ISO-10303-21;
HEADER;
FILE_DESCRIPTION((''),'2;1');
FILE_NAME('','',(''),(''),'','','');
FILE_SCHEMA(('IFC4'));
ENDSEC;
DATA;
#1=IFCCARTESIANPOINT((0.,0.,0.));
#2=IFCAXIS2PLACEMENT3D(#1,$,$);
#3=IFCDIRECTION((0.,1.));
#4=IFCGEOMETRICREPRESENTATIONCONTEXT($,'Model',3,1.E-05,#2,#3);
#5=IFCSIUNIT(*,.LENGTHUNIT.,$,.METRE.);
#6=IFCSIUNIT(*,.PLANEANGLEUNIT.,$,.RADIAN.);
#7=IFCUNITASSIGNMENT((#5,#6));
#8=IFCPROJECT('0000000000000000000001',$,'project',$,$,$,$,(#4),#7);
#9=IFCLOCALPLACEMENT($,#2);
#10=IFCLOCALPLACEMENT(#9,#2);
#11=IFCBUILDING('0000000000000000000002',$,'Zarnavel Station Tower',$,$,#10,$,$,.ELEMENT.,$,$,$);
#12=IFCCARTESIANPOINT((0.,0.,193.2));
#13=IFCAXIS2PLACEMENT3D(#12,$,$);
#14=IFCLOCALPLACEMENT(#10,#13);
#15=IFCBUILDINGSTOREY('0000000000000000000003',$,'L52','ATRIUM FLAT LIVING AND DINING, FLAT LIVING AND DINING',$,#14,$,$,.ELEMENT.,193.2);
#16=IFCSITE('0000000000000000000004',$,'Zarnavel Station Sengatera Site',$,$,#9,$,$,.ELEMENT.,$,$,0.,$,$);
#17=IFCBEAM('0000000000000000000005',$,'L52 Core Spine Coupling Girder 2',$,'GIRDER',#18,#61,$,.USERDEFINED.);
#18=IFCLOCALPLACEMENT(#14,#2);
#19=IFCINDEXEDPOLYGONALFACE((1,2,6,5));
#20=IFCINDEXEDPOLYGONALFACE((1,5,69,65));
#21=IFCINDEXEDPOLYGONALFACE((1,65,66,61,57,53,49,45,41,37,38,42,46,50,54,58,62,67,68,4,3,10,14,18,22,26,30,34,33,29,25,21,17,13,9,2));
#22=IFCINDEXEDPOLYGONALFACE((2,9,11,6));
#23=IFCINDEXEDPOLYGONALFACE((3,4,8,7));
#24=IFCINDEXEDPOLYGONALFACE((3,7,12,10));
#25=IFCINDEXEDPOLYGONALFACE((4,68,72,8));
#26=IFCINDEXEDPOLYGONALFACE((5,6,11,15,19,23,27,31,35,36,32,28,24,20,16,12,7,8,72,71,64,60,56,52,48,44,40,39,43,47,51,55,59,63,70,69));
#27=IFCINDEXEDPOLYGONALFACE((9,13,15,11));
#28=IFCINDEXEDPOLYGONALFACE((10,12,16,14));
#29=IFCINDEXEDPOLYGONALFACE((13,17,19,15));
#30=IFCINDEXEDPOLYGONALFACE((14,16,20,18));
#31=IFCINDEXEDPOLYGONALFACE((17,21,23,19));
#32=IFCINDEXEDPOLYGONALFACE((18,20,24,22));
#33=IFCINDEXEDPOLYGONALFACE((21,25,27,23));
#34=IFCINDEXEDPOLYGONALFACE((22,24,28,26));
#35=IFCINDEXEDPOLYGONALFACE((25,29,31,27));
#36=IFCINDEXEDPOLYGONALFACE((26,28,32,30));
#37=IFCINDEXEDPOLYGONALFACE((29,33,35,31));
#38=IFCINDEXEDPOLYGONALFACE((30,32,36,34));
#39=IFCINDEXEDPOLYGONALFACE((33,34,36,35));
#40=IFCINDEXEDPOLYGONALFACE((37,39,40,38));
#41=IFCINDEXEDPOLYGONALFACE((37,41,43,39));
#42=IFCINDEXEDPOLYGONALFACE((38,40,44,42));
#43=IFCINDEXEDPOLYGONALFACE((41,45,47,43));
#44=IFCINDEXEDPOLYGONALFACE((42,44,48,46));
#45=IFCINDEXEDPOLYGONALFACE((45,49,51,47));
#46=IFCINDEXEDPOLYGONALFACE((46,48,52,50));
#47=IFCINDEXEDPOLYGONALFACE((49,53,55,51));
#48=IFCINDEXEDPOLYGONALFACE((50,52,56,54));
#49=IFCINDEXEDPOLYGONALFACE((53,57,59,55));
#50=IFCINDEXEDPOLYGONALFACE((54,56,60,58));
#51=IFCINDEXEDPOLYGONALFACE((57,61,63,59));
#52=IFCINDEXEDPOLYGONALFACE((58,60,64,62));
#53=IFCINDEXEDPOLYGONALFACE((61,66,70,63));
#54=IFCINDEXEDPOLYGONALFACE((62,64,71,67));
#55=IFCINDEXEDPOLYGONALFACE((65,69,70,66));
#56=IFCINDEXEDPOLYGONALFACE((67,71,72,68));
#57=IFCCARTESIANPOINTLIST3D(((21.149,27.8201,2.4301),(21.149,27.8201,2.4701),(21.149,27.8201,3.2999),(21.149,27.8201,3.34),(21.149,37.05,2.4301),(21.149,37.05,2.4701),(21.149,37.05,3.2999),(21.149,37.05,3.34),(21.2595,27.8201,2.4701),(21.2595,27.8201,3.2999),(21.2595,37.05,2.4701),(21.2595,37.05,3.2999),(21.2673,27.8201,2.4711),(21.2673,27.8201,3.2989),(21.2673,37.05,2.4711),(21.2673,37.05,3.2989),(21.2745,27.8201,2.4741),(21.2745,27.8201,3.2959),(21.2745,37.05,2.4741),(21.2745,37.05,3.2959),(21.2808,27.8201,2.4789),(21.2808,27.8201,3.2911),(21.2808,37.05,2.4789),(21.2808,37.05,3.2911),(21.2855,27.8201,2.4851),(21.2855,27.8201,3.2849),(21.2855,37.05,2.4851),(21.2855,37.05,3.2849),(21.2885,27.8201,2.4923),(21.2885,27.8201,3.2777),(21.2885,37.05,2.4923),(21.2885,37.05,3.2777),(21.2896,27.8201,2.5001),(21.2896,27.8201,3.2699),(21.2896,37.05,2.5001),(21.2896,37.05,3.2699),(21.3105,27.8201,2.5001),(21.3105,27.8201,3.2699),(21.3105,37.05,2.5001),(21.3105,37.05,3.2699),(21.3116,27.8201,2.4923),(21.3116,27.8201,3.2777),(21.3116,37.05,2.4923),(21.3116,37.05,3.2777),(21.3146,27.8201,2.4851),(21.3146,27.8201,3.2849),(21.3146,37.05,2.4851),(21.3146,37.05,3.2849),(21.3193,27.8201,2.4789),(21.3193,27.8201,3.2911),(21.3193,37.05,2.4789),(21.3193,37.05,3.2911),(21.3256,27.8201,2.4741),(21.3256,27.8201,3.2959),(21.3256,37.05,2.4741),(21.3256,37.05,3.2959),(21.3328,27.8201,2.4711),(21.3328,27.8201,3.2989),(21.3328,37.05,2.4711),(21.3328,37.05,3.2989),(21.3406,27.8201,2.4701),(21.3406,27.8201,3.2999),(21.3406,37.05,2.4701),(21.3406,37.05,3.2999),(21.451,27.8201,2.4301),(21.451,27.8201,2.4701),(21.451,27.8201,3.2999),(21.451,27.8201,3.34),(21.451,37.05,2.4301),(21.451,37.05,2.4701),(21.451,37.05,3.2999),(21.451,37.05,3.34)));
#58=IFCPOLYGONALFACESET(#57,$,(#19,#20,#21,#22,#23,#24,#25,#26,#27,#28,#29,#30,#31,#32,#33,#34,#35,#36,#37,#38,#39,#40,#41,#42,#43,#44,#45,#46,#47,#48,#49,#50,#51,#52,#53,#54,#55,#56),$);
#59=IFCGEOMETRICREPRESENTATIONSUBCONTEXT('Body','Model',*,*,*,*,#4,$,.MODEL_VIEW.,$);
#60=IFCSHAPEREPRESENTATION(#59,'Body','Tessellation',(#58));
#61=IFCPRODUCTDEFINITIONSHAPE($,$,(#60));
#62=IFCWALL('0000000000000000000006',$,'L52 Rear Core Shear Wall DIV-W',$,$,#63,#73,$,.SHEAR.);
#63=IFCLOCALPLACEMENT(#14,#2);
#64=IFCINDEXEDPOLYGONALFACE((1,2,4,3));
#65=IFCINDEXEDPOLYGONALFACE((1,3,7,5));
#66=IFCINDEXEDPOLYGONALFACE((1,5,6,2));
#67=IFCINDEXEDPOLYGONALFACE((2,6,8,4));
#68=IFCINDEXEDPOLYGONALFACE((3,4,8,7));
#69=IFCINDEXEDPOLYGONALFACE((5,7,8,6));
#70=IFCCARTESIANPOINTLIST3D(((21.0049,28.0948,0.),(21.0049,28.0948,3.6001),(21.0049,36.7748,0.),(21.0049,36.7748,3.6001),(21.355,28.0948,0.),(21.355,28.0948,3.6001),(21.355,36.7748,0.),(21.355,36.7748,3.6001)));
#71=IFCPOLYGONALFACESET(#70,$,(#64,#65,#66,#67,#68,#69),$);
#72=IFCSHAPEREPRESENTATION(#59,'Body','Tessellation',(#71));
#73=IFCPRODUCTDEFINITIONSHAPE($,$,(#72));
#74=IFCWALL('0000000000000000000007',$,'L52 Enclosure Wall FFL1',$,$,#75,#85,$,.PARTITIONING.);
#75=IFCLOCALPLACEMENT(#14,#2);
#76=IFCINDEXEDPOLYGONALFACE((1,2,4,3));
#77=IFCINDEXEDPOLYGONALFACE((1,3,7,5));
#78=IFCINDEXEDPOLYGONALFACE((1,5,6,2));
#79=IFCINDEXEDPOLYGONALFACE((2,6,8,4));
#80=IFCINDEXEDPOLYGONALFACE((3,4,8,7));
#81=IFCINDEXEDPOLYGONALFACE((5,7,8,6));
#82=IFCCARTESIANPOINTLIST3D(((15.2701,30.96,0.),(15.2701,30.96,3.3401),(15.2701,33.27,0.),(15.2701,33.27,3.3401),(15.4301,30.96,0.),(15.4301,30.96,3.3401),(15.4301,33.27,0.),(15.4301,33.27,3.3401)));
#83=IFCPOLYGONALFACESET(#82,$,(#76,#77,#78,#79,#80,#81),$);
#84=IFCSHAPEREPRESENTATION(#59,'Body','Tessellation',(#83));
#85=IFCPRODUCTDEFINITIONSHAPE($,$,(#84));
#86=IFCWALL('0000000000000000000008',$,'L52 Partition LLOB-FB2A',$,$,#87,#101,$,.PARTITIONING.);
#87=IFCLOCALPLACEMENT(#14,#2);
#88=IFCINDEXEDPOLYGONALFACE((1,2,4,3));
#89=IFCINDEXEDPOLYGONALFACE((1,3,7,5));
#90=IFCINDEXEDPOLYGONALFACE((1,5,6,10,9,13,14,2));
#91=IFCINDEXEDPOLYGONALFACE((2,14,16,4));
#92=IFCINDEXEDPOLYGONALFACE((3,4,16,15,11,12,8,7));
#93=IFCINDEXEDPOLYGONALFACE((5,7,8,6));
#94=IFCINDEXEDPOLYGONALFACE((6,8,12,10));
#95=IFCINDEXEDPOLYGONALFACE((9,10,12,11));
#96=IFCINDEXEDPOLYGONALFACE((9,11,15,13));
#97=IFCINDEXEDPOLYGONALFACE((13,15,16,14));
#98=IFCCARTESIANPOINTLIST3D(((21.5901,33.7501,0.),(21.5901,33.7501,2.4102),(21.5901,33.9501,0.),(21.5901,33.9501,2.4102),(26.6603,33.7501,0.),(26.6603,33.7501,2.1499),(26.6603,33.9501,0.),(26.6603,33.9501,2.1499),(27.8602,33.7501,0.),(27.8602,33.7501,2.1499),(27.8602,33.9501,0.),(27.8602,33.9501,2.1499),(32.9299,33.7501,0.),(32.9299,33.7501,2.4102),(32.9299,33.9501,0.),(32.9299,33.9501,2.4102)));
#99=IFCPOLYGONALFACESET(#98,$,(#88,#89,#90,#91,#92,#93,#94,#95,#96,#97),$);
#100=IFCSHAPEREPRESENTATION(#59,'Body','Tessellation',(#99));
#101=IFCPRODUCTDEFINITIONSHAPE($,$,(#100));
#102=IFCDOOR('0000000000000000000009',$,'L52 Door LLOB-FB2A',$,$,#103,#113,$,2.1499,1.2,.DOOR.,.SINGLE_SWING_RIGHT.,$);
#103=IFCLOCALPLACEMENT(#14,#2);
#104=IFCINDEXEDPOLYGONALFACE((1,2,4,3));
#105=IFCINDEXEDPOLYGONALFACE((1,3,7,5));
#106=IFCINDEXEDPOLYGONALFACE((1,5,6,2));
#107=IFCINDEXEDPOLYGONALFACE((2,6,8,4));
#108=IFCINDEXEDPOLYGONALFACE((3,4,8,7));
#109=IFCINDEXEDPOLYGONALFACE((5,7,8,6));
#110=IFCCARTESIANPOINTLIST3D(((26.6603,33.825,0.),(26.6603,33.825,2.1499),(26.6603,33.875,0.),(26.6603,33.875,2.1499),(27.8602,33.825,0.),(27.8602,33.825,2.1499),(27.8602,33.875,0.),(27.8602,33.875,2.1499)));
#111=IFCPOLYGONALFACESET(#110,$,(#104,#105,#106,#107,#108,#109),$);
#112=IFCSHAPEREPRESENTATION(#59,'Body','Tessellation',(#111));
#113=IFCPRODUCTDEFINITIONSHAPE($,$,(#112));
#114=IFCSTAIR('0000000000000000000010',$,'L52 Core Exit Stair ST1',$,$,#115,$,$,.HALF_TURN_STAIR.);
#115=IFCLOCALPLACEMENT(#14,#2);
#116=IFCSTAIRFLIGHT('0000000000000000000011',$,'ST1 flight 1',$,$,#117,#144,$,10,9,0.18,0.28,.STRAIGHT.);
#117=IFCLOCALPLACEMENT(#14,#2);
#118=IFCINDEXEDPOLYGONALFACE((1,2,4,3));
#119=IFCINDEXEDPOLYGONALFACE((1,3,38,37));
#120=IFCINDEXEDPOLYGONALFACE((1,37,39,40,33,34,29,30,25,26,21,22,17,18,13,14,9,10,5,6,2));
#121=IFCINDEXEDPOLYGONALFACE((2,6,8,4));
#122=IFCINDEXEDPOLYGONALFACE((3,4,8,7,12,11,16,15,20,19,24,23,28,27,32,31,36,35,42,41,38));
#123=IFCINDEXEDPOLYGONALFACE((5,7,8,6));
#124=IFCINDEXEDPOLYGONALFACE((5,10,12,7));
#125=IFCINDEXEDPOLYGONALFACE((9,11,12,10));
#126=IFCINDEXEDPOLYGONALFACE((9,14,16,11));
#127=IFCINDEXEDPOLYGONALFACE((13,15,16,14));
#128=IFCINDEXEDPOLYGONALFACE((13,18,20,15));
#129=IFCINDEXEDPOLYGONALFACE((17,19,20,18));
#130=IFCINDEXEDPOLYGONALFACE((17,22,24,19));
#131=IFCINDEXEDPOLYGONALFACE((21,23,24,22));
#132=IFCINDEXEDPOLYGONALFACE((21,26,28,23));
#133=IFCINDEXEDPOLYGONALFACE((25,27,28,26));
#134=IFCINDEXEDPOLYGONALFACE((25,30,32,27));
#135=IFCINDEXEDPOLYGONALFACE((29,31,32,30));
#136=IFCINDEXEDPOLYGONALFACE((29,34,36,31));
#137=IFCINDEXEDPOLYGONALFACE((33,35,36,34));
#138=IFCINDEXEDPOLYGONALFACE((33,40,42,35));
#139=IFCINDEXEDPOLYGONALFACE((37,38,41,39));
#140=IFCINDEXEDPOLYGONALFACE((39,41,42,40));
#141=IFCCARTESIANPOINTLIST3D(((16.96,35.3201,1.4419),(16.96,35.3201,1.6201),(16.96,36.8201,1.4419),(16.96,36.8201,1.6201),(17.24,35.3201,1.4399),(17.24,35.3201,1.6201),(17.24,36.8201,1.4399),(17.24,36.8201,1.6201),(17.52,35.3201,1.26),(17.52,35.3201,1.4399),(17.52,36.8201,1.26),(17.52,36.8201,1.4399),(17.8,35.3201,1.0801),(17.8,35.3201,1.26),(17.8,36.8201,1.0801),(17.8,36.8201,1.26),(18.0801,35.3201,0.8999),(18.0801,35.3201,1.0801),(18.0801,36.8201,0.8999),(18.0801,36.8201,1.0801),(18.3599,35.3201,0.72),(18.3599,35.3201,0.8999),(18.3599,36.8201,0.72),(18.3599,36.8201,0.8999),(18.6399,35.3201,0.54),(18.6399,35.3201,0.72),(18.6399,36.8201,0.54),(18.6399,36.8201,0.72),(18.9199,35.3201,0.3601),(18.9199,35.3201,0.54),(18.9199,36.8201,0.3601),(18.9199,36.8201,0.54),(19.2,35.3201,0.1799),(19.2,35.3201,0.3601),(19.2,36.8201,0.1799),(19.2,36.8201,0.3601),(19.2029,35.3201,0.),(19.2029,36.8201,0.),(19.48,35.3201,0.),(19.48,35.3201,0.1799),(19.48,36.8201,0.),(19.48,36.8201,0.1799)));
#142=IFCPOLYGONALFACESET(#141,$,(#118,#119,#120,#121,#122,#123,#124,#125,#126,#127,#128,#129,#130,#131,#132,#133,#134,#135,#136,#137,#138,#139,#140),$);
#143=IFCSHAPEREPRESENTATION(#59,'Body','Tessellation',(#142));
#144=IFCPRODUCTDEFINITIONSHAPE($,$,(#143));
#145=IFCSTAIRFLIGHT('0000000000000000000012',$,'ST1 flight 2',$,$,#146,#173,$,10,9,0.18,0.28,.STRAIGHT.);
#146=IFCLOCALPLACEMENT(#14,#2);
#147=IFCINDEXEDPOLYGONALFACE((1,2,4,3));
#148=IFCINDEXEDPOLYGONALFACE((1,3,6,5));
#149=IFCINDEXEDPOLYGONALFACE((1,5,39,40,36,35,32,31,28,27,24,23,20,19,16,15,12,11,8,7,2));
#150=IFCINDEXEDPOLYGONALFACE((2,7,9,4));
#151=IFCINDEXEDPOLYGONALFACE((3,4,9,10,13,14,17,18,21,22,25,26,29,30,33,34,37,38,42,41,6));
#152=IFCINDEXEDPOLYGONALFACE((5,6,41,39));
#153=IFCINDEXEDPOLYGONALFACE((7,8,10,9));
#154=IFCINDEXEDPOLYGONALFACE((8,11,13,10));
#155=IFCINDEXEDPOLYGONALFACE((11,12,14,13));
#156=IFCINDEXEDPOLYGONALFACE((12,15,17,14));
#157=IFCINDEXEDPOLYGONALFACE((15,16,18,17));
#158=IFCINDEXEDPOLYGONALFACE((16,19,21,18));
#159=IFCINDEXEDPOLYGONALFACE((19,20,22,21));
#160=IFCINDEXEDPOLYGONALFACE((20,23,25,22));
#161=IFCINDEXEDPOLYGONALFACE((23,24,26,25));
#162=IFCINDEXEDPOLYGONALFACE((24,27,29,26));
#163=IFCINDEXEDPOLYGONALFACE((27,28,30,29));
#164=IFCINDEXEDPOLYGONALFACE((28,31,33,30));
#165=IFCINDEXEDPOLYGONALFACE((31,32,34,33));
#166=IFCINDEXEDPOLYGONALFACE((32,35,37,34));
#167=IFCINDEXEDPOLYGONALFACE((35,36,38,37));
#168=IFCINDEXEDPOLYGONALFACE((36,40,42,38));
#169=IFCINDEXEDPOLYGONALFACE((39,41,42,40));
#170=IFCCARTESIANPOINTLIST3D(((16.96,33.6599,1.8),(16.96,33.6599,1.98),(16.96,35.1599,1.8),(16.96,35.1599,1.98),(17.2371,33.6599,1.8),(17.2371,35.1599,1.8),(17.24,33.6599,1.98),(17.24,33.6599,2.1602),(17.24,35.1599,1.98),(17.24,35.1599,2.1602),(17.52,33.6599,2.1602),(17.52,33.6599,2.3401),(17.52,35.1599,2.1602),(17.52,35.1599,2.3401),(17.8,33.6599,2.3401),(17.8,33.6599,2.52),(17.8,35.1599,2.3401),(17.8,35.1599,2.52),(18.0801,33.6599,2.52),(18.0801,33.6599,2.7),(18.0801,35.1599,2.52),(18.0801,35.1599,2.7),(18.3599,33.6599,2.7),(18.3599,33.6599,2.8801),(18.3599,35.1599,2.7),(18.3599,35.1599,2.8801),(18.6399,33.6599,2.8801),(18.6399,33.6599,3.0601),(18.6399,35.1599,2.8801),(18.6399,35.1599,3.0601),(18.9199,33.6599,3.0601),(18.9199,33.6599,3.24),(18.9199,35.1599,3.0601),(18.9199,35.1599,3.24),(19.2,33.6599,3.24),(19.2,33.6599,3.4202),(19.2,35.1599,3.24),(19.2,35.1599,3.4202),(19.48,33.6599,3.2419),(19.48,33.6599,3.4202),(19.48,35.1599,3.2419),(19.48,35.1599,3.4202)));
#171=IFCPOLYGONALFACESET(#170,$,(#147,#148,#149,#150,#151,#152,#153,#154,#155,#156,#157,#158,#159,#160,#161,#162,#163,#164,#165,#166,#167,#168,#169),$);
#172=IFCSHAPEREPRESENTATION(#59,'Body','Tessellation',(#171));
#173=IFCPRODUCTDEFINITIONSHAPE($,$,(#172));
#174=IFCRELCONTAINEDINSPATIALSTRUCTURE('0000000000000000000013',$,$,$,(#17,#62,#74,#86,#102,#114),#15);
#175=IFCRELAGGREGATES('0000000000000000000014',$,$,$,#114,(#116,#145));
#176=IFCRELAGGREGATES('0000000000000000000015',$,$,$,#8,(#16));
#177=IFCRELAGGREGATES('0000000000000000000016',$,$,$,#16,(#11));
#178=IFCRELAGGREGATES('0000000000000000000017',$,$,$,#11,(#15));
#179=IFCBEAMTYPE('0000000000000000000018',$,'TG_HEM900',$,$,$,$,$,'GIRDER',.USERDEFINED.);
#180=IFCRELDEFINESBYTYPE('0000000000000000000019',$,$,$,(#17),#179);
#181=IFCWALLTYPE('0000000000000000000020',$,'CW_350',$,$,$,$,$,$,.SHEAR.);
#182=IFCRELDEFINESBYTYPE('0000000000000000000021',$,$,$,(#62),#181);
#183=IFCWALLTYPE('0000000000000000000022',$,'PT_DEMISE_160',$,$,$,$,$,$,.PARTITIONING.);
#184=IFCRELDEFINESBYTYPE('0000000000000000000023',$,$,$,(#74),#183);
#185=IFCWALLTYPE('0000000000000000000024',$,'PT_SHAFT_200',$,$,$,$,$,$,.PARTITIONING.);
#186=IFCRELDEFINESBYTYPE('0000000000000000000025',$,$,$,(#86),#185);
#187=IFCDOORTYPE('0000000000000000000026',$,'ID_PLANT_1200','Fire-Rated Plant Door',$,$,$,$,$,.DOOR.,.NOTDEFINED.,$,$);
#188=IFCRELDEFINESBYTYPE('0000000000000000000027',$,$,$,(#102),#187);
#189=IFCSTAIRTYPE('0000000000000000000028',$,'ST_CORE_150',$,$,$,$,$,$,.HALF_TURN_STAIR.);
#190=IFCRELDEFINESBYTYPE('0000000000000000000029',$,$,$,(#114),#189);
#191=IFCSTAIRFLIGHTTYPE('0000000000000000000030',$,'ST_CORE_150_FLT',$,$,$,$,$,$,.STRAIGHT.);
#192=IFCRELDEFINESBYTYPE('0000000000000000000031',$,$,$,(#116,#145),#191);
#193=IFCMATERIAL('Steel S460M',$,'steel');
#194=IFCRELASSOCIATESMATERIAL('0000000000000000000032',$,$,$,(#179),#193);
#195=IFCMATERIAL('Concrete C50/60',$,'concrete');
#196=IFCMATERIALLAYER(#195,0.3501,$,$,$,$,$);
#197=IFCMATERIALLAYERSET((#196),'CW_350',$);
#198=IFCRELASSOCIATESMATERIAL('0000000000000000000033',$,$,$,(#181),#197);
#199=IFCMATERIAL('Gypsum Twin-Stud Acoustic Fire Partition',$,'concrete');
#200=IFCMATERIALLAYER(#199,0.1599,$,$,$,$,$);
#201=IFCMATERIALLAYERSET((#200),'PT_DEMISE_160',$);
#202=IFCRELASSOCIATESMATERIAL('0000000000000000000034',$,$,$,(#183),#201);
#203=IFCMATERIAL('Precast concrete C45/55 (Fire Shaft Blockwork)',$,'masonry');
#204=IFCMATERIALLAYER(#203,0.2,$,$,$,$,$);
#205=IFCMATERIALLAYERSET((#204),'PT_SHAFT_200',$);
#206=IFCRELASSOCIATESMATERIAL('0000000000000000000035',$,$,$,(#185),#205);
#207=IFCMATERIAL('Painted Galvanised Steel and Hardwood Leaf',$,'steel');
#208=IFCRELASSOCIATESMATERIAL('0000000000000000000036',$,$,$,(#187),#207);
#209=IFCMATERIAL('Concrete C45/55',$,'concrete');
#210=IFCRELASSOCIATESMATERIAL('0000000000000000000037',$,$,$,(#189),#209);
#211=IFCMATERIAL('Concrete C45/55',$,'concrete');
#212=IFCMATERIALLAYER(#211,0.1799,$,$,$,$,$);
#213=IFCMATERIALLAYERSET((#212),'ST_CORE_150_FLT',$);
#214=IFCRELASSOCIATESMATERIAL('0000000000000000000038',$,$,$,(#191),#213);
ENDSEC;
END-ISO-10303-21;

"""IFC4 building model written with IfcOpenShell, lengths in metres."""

from ifc_helpers import new_model, si_unit, direction, frame, frame_2d, origin, origin_2d, place, context, subcontext, project, spatial, polyline, rectangle, i_section, outline, extrude, material, layer, layer_set, material_profile, profile_set, type_object, element, fill, aggregate, save


model = new_model("IFC4")

# Units and contexts
model_context = context("Model", 3, precision=1e-05, world=origin(), true_north=direction((0.0, 1.0)))
body_context = subcontext(model_context, "Body", "Model", "MODEL_VIEW")
ifc_project = project(units=[si_unit("LENGTHUNIT", "METRE"), si_unit("PLANEANGLEUNIT", "RADIAN")], contexts=[model_context])

# Site, building, storey
site_placement = place(None, origin())
site = spatial("IfcSite", under=ifc_project, at=site_placement, Name="Zarnavel Station Sengatera Site", CompositionType="ELEMENT", RefElevation=0.0)
building_placement = place(site_placement, origin())
building = spatial("IfcBuilding", under=site, at=building_placement, Name="Zarnavel Station Tower", CompositionType="ELEMENT")
storey_placement = place(building_placement, frame((0.0, 0.0, 193.2)))
storey = spatial("IfcBuildingStorey", under=building, at=storey_placement, Name="L52", Description="ATRIUM FLAT LIVING AND DINING, FLAT LIVING AND DINING", CompositionType="ELEMENT", Elevation=193.2)

# Beam
ifc_material_1 = material(Name="Steel S460M", Category="steel")
ifc_material_profile_1 = material_profile(ifc_material_1, i_section(OverallWidth=0.302, OverallDepth=0.9099, WebThickness=0.021, FlangeThickness=0.04, FilletRadius=0.03, at=origin_2d()), Name="HEM900")
ifc_profile_set_1 = profile_set([ifc_material_profile_1], Name="Steel S460M")
beam_type_1 = type_object("IfcBeamType", Name="TG_HEM900", ElementType="GIRDER", PredefinedType="USERDEFINED", material=ifc_profile_set_1)
beam_1_placement = place(storey_placement, frame((21.3, 27.8201, 2.885), z_axis=(0.0, 1.0, 0.0), x_axis=(-1.0, 0.0, 0.0)))
element("IfcBeam", 1, at=beam_1_placement, inside=storey, type_object=beam_type_1, Name="L52 Core Spine Coupling Girder 2", ObjectType="GIRDER", PredefinedType="USERDEFINED", context=body_context, shape_type="SweptSolid", body=[
    extrude(i_section(OverallWidth=0.302, OverallDepth=0.9099, WebThickness=0.021, FlangeThickness=0.04, FilletRadius=0.03, at=origin_2d()), origin(), (0.0, 0.0, 1.0), 9.23),
])

# Wall
ifc_material_2 = material(Name="Concrete C50/60", Category="concrete")
ifc_layer_1 = layer(ifc_material_2, 0.3501)
ifc_layer_set_1 = layer_set([ifc_layer_1], Name="CW_350")
wall_type_1 = type_object("IfcWallType", Name="CW_350", PredefinedType="SHEAR", material=ifc_layer_set_1)
wall_1_placement = place(storey_placement, frame((21.1799, 28.095, 0.0), z_axis=(0.0, 0.0, 1.0), x_axis=(0.0, 1.0, 0.0)))
element("IfcWall", 2, at=wall_1_placement, inside=storey, type_object=wall_type_1, Name="L52 Rear Core Shear Wall DIV-W", PredefinedType="SHEAR", context=body_context, shape_type="SweptSolid", body=[
    extrude(rectangle(XDim=8.6799, YDim=0.3501, at=frame_2d((4.3398, 0.0))), origin(), (0.0, 0.0, 1.0), 3.6001),
])

# Wall
ifc_material_3 = material(Name="Gypsum Twin-Stud Acoustic Fire Partition", Category="concrete")
ifc_layer_2 = layer(ifc_material_3, 0.1599)
ifc_layer_set_2 = layer_set([ifc_layer_2], Name="PT_DEMISE_160")
wall_type_2 = type_object("IfcWallType", Name="PT_DEMISE_160", PredefinedType="PARTITIONING", material=ifc_layer_set_2)
wall_2_placement = place(storey_placement, frame((15.3501, 30.96, 0.0), z_axis=(0.0, 0.0, 1.0), x_axis=(0.0, 1.0, 0.0)))
element("IfcWall", 3, at=wall_2_placement, inside=storey, type_object=wall_type_2, Name="L52 Enclosure Wall FFL1", PredefinedType="PARTITIONING", context=body_context, shape_type="SweptSolid", body=[
    extrude(rectangle(XDim=2.3101, YDim=0.1599, at=frame_2d((1.155, 0.0))), origin(), (0.0, 0.0, 1.0), 3.3401),
])

# Wall, opening, door
ifc_material_4 = material(Name="Precast concrete C45/55 (Fire Shaft Blockwork)", Category="masonry")
ifc_layer_3 = layer(ifc_material_4, 0.2)
ifc_layer_set_3 = layer_set([ifc_layer_3], Name="PT_SHAFT_200")
wall_type_3 = type_object("IfcWallType", Name="PT_SHAFT_200", PredefinedType="PARTITIONING", material=ifc_layer_set_3)
ifc_material_5 = material(Name="Painted Galvanised Steel and Hardwood Leaf", Category="steel")
door_type_1 = type_object("IfcDoorType", Name="ID_PLANT_1200", Description="Fire-Rated Plant Door", OperationType="NOTDEFINED", PredefinedType="DOOR", material=ifc_material_5)
wall_3_placement = place(storey_placement, frame((21.5901, 33.8501, 0.0), z_axis=(0.0, 0.0, 1.0), x_axis=(1.0, 0.0, 0.0)))
wall_3 = element("IfcWall", 4, at=wall_3_placement, inside=storey, type_object=wall_type_3, Name="L52 Partition LLOB-FB2A", PredefinedType="PARTITIONING", context=body_context, shape_type="SweptSolid", body=[
    extrude(rectangle(XDim=11.3398, YDim=0.2, at=frame_2d((5.6699, 0.0))), origin(), (0.0, 0.0, 1.0), 2.4102),
])
opening_1_placement = place(wall_3_placement, frame((5.0701, 0.0, 0.0)))
opening_1 = element("IfcOpeningElement", 5, at=opening_1_placement, cuts=wall_3, PredefinedType="OPENING", context=body_context, shape_type="SweptSolid", body=[
    extrude(rectangle(XDim=1.2, YDim=2.1499, at=frame_2d((0.6001, 1.075))), frame((0.0, 0.1099, 0.0), z_axis=(0.0, -1.0, 0.0), x_axis=(1.0, 0.0, 0.0)), (0.0, 0.0, 1.0), 0.22),
])
door_1_placement = place(opening_1_placement, origin())
door_1 = element("IfcDoor", 6, at=door_1_placement, inside=storey, type_object=door_type_1, Name="L52 Door LLOB-FB2A", OperationType="SINGLE_SWING_RIGHT", OverallHeight=2.1499, OverallWidth=1.2, PredefinedType="DOOR", context=body_context, shape_type="SweptSolid", body=[
    extrude(rectangle(XDim=1.2, YDim=2.1499, at=frame_2d((0.6001, 1.075))), frame((0.0, 0.0249, 0.0), z_axis=(0.0, -1.0, 0.0), x_axis=(1.0, 0.0, 0.0)), (0.0, 0.0, 1.0), 0.05),
])
fill(opening_1, door_1)

# Stair, stair flights
ifc_material_6 = material(Name="Concrete C45/55", Category="concrete")
stair_type = type_object("IfcStairType", Name="ST_CORE_150", PredefinedType="HALF_TURN_STAIR", material=ifc_material_6)
stair_placement = place(storey_placement, origin())
stair = element("IfcStair", 7, at=stair_placement, inside=storey, type_object=stair_type, Name="L52 Core Exit Stair ST1", PredefinedType="HALF_TURN_STAIR")
ifc_material_7 = material(Name="Concrete C45/55", Category="concrete")
ifc_layer_4 = layer(ifc_material_7, 0.1799)
ifc_layer_set_4 = layer_set([ifc_layer_4], Name="ST_CORE_150_FLT")
stair_flight_type = type_object("IfcStairFlightType", Name="ST_CORE_150_FLT", PredefinedType="STRAIGHT", material=ifc_layer_set_4)
stair_flight_1_placement = place(storey_placement, frame((19.48, 36.0701, 0.0), z_axis=(0.0, 0.0, 1.0), x_axis=(-1.0, 0.0, 0.0)))
stair_flight_1 = element("IfcStairFlight", 8, at=stair_flight_1_placement, type_object=stair_flight_type, Name="ST1 flight 1", NumberOfRisers=10, NumberOfTreads=9, PredefinedType="STRAIGHT", RiserHeight=0.18, TreadLength=0.28, context=body_context, shape_type="SweptSolid", body=[
    extrude(outline(polyline([(0.0, 0.0), (0.0, 0.1799), (0.28, 0.1799), (0.28, 0.3601), (0.5601, 0.3601), (0.5601, 0.54), (0.8401, 0.54), (0.8401, 0.72), (1.1201, 0.72), (1.1201, 0.8999), (1.3999, 0.8999), (1.3999, 1.0801), (1.6799, 1.0801), (1.6799, 1.26), (1.96, 1.26), (1.96, 1.4399), (2.24, 1.4399), (2.24, 1.6201), (2.52, 1.6201), (2.52, 1.8), (2.52, 1.4419), (0.2771, 0.0), (0.0, 0.0)])), frame((0.0, 0.75, 0.0), z_axis=(0.0, -1.0, 0.0), x_axis=(1.0, 0.0, 0.0)), (0.0, 0.0, 1.0), 1.5),
])
stair_flight_2_placement = place(storey_placement, frame((16.96, 34.4099, 1.8), z_axis=(0.0, 0.0, 1.0), x_axis=(1.0, 0.0, 0.0)))
stair_flight_2 = element("IfcStairFlight", 9, at=stair_flight_2_placement, type_object=stair_flight_type, Name="ST1 flight 2", NumberOfRisers=10, NumberOfTreads=9, PredefinedType="STRAIGHT", RiserHeight=0.18, TreadLength=0.28, context=body_context, shape_type="SweptSolid", body=[
    extrude(outline(polyline([(0.0, 0.0), (0.0, 0.1799), (0.28, 0.1799), (0.28, 0.3601), (0.5601, 0.3601), (0.5601, 0.54), (0.8401, 0.54), (0.8401, 0.72), (1.1201, 0.72), (1.1201, 0.8999), (1.3999, 0.8999), (1.3999, 1.0801), (1.6799, 1.0801), (1.6799, 1.26), (1.96, 1.26), (1.96, 1.4399), (2.24, 1.4399), (2.24, 1.6201), (2.52, 1.6201), (2.52, 1.8), (2.52, 1.4419), (0.2771, 0.0), (0.0, 0.0)])), frame((0.0, 0.75, 0.0), z_axis=(0.0, -1.0, 0.0), x_axis=(1.0, 0.0, 0.0)), (0.0, 0.0, 1.0), 1.5),
])
aggregate(stair, [stair_flight_1, stair_flight_2])

save(model, "model.ifc")
